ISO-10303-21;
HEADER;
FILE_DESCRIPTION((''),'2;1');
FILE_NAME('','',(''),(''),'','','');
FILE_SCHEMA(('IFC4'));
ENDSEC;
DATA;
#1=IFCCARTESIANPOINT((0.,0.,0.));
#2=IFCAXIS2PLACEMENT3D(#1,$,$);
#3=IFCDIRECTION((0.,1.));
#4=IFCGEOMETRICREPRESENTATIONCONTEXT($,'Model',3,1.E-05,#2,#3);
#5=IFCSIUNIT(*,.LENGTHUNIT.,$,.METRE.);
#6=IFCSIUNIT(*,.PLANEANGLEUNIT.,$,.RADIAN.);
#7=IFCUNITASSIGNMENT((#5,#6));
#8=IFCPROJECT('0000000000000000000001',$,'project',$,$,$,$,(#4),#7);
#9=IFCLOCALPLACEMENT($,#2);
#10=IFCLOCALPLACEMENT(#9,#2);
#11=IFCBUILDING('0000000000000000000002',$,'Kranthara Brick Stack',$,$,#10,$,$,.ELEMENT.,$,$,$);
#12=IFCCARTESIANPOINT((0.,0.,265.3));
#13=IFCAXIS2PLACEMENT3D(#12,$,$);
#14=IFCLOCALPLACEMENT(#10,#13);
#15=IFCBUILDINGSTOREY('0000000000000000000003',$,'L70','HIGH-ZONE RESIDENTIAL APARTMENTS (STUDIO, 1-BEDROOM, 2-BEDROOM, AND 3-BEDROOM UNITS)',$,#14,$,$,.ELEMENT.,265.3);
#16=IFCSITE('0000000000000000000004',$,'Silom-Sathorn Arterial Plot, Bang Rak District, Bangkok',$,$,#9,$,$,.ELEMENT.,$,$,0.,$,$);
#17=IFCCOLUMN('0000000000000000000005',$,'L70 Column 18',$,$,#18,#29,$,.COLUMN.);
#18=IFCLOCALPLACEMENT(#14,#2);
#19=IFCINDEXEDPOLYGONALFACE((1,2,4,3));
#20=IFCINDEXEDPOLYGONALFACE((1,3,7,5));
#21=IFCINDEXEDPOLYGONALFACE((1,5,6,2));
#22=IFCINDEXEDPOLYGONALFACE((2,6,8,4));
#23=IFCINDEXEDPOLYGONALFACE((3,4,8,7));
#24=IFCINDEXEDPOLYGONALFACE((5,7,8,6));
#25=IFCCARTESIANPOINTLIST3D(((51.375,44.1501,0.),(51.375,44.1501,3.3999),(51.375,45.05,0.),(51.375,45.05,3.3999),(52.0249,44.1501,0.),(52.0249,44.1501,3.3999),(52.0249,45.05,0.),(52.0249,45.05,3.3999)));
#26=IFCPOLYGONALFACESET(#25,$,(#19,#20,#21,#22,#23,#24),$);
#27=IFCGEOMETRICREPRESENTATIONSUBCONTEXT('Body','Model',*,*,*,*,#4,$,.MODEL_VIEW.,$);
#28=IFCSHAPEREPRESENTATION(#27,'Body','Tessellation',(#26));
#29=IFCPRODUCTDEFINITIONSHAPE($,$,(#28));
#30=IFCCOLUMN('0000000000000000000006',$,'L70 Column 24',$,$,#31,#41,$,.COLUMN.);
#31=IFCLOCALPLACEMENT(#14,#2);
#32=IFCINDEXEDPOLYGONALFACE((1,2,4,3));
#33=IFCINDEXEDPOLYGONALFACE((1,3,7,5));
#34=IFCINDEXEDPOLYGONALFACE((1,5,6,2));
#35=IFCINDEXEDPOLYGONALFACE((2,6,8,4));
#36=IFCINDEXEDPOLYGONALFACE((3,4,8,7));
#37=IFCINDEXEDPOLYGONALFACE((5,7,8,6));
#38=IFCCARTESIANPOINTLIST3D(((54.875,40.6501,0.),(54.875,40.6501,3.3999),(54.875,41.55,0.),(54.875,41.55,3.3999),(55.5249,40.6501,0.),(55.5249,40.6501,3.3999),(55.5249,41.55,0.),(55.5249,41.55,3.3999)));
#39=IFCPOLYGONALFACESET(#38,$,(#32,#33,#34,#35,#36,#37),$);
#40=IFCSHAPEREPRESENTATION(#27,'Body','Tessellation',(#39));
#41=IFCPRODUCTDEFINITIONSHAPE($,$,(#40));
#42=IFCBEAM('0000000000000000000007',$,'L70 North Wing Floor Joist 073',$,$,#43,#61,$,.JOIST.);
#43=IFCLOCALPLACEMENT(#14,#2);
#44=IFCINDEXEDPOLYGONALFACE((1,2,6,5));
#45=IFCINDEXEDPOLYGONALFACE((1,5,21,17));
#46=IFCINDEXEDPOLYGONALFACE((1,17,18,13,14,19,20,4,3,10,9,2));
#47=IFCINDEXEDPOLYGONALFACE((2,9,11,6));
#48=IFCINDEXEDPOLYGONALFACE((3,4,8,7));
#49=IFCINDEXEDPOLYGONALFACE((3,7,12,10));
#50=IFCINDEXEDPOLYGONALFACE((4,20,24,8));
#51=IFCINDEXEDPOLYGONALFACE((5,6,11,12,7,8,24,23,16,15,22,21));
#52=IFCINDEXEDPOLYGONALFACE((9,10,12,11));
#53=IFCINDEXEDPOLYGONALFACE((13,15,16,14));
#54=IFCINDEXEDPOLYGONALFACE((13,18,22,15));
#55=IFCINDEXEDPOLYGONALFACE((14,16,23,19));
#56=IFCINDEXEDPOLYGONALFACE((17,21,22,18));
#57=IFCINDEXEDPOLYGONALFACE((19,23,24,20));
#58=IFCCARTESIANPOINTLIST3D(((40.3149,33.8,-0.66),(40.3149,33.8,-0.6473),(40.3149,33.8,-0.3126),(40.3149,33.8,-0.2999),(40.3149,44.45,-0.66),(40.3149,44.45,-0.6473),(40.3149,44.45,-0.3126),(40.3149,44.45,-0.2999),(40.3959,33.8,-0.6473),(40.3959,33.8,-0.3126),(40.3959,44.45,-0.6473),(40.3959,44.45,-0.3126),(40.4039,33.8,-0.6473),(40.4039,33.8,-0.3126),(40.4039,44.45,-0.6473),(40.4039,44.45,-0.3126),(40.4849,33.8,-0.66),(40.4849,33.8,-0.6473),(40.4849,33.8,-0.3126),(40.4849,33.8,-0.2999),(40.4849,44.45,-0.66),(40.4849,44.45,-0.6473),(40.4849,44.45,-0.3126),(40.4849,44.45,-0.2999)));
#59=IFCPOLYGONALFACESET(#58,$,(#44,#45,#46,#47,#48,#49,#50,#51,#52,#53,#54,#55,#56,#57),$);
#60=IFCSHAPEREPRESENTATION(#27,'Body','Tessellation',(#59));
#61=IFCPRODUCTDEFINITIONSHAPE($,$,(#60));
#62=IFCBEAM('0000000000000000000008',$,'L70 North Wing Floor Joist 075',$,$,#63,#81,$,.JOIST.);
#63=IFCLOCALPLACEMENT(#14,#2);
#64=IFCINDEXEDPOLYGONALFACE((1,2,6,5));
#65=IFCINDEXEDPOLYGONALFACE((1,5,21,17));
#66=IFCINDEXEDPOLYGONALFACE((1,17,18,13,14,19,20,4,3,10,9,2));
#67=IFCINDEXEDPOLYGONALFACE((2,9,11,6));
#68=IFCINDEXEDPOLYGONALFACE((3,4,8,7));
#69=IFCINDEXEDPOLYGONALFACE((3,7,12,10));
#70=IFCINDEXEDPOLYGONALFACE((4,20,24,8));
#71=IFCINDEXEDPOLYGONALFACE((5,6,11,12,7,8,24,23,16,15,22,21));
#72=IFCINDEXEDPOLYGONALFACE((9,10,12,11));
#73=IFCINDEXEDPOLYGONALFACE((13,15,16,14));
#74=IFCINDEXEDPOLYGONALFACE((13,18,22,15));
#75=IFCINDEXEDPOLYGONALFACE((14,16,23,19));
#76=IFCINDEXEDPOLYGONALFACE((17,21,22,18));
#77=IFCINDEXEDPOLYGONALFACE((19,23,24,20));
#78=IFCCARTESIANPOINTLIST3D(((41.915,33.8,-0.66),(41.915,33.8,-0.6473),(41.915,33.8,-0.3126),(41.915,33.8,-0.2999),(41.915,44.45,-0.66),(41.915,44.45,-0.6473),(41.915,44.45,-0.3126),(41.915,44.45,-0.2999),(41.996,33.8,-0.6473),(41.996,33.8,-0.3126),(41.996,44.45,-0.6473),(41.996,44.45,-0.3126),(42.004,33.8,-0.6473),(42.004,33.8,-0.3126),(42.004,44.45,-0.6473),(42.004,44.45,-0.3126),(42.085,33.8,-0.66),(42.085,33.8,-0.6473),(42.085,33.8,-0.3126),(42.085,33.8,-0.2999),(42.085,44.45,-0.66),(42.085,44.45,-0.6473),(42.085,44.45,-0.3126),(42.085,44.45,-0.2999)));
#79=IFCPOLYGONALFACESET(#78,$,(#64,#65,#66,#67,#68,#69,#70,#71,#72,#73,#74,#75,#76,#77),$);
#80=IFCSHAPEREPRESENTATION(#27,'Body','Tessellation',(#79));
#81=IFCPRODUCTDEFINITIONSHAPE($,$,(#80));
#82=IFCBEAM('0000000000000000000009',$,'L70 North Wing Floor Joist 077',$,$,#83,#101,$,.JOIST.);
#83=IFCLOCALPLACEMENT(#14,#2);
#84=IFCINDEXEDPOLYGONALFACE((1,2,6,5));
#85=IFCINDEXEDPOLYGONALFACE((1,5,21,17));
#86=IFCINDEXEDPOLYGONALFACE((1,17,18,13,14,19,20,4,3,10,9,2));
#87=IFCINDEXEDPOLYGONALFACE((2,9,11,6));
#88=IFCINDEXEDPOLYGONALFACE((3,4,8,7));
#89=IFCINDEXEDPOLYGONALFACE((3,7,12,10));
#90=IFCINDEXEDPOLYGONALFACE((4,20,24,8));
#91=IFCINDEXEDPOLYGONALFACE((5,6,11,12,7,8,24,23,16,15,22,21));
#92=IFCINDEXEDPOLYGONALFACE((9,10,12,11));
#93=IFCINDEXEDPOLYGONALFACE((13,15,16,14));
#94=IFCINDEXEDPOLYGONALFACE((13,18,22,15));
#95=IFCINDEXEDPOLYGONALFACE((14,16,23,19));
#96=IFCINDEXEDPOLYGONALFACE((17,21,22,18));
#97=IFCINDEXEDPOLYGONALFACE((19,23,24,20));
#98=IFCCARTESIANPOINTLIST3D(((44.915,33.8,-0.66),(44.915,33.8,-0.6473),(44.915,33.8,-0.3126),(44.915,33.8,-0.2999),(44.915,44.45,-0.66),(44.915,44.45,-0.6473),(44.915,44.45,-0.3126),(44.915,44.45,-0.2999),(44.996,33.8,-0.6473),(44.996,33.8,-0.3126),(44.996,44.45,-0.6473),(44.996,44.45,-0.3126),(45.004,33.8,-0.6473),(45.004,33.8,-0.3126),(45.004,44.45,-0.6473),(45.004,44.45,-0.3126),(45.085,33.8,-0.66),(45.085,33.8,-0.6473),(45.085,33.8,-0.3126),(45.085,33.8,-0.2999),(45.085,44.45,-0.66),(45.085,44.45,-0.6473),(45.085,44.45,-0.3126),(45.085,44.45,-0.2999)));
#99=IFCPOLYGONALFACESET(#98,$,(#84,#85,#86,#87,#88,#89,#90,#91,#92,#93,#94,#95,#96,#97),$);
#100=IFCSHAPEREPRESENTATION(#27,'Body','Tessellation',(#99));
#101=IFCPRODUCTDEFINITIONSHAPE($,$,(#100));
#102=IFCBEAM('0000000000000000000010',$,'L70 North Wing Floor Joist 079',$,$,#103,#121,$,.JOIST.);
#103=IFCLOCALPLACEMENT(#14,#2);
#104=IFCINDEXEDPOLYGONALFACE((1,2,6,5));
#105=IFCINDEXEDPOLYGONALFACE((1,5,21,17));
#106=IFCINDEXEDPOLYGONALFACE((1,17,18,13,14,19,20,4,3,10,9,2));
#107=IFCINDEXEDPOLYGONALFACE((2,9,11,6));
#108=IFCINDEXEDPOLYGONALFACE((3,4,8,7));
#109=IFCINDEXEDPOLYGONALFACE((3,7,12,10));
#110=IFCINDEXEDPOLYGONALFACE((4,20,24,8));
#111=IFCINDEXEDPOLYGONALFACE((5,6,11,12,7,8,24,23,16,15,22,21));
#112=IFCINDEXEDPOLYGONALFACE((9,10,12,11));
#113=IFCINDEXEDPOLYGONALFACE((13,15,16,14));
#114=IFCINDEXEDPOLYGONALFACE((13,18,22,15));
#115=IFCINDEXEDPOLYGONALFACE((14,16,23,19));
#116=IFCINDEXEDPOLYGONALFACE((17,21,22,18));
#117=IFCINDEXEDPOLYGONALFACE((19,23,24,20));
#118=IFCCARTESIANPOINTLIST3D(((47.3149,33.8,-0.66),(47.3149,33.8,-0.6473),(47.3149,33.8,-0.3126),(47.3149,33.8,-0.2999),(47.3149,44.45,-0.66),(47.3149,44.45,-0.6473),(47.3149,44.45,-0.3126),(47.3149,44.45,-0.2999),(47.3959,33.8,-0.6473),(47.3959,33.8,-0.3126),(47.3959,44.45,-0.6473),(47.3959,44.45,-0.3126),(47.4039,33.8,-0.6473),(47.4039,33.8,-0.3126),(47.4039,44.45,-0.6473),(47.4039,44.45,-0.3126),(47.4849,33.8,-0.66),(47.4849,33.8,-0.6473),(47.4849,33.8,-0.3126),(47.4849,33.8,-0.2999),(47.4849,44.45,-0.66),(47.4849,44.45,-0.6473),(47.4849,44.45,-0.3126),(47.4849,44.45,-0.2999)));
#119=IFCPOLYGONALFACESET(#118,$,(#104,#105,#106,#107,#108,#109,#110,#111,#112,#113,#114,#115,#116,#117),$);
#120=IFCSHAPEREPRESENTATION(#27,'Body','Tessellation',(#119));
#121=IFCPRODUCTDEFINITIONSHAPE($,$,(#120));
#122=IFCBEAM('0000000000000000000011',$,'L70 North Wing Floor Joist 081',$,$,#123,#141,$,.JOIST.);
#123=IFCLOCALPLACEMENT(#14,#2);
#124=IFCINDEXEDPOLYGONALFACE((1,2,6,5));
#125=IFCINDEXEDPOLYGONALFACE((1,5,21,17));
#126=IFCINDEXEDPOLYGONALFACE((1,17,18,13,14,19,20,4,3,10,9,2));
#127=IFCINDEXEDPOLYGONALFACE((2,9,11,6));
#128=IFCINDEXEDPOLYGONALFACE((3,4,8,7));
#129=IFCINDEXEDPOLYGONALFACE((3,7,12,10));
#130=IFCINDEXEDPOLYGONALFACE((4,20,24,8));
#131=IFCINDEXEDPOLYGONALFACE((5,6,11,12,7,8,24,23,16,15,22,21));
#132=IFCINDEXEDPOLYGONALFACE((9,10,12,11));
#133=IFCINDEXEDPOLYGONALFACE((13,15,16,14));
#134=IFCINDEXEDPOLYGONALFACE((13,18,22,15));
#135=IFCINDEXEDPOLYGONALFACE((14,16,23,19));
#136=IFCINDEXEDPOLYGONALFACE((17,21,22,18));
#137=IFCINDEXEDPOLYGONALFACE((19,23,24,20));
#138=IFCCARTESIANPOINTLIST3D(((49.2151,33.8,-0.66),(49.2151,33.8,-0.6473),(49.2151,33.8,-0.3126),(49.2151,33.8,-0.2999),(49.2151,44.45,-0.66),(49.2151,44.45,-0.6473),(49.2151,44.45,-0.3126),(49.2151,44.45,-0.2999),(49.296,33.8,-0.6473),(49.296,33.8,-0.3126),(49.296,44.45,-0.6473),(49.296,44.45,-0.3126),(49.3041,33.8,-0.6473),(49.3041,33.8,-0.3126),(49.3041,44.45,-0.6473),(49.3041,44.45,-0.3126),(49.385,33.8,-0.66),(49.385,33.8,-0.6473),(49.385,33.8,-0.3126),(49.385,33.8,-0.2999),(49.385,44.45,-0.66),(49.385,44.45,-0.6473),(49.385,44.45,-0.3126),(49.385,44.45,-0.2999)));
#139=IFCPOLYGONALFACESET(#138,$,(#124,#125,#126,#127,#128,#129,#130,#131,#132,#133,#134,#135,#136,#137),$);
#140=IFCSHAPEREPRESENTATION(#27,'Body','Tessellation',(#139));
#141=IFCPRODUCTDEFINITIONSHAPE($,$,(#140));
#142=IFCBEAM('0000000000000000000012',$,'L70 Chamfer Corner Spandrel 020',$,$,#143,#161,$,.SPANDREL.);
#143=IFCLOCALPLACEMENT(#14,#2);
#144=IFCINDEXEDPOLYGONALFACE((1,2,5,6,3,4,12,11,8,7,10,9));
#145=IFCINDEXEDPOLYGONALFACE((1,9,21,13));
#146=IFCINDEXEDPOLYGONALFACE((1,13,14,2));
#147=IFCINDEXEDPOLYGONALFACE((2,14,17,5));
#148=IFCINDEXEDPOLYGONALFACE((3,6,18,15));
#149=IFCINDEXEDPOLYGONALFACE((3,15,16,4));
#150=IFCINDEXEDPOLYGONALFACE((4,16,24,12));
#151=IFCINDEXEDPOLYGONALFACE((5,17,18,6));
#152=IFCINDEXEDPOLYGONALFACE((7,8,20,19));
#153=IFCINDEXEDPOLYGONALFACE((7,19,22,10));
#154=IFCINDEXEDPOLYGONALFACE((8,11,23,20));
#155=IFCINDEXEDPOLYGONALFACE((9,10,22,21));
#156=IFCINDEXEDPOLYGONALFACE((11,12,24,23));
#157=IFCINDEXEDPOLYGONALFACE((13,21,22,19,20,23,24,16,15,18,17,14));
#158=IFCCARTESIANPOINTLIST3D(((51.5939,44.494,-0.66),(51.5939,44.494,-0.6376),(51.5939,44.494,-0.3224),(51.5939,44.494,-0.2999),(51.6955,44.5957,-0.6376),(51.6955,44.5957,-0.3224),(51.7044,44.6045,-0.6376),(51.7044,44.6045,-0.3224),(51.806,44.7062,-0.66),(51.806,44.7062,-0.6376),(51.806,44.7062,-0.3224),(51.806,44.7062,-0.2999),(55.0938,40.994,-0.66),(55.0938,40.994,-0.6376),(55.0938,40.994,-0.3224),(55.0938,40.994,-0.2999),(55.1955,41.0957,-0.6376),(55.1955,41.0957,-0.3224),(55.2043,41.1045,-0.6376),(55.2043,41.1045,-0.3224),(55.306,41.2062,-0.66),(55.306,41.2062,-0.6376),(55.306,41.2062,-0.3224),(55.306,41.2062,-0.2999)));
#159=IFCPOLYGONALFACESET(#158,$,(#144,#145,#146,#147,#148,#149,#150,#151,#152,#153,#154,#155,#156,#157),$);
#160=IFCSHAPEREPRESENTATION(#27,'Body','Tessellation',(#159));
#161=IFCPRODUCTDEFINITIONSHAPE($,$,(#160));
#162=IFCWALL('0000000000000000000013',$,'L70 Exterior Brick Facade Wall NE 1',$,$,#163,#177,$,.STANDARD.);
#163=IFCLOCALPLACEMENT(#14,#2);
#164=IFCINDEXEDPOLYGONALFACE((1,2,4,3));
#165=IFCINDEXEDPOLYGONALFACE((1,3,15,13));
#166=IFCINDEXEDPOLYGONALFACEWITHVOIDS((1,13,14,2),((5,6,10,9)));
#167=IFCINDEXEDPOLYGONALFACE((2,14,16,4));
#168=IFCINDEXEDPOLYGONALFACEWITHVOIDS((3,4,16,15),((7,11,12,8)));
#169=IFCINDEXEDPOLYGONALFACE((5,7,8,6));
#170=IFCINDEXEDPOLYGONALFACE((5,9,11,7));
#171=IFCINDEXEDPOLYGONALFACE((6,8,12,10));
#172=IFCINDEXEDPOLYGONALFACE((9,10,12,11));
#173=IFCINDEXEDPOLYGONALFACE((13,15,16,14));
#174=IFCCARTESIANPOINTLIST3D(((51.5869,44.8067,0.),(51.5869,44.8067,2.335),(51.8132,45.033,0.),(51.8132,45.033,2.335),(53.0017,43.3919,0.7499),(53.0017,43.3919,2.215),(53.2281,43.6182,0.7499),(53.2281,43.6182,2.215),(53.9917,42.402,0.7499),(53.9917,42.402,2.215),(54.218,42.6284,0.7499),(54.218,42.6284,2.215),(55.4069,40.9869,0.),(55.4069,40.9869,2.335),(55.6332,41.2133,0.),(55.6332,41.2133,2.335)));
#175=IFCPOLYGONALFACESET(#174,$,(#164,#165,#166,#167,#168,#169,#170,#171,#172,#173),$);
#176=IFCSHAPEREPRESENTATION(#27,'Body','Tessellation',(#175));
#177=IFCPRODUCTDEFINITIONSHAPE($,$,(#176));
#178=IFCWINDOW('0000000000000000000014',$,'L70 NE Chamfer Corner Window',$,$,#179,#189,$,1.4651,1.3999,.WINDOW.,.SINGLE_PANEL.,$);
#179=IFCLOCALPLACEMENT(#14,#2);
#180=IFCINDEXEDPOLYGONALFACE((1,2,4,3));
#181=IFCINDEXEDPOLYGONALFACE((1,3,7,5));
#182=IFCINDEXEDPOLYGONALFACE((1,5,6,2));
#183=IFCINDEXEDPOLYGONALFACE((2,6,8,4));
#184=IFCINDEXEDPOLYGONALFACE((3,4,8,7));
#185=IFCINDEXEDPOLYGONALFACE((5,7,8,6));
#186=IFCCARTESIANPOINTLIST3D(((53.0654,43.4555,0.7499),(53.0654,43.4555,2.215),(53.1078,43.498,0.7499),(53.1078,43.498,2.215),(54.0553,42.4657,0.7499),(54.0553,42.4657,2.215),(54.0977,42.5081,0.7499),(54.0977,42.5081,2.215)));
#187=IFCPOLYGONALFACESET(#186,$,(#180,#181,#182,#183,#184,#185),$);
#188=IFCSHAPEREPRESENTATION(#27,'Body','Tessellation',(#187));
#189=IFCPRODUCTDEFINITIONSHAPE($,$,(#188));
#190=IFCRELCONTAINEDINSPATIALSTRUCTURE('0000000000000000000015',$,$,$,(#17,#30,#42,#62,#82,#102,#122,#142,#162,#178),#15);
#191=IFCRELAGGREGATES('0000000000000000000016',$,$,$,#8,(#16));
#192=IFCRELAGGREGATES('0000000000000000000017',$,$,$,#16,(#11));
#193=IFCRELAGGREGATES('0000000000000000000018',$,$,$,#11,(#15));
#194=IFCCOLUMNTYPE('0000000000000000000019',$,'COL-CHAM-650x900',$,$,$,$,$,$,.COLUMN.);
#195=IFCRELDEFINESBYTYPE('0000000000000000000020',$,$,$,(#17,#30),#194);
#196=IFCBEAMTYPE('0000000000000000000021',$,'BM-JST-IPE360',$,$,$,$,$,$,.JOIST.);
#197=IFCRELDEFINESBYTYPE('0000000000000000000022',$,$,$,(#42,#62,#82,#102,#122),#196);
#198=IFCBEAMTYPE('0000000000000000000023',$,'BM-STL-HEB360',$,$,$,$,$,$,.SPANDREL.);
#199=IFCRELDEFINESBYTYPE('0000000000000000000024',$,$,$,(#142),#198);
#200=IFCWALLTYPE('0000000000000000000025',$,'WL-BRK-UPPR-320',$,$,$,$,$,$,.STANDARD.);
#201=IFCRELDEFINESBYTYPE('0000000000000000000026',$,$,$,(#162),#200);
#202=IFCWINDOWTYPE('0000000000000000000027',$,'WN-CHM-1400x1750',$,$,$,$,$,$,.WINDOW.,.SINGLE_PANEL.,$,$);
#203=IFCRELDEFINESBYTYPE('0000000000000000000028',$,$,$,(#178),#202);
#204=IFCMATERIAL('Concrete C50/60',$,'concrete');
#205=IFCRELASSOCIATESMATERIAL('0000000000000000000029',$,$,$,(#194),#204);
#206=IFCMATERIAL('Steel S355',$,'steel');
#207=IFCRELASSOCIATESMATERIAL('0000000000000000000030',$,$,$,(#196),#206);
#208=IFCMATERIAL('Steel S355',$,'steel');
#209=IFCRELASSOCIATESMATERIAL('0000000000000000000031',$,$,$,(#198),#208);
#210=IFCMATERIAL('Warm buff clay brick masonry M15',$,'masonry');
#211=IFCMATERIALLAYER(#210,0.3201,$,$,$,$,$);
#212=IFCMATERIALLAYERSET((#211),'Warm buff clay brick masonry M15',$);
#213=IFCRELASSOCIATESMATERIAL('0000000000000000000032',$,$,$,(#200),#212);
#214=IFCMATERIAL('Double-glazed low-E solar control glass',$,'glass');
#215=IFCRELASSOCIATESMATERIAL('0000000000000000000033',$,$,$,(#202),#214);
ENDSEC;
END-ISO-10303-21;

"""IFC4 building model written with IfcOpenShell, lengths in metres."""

from ifc_helpers import new_model, si_unit, direction, frame, frame_2d, origin, origin_2d, place, context, subcontext, project, spatial, rectangle, i_section, extrude, material, layer, layer_set, material_profile, profile_set, type_object, element, fill, save


model = new_model("IFC4")

# Units and contexts
model_context = context("Model", 3, precision=1e-05, world=origin(), true_north=direction((0.0, 1.0)))
body_context = subcontext(model_context, "Body", "Model", "MODEL_VIEW")
ifc_project = project(units=[si_unit("LENGTHUNIT", "METRE"), si_unit("PLANEANGLEUNIT", "RADIAN")], contexts=[model_context])

# Site, building, storey
site_placement = place(None, origin())
site = spatial("IfcSite", under=ifc_project, at=site_placement, Name="Silom-Sathorn Arterial Plot, Bang Rak District, Bangkok", CompositionType="ELEMENT", RefElevation=0.0)
building_placement = place(site_placement, origin())
building = spatial("IfcBuilding", under=site, at=building_placement, Name="Kranthara Brick Stack", CompositionType="ELEMENT")
storey_placement = place(building_placement, frame((0.0, 0.0, 265.3)))
storey = spatial("IfcBuildingStorey", under=building, at=storey_placement, Name="L70", Description="HIGH-ZONE RESIDENTIAL APARTMENTS (STUDIO, 1-BEDROOM, 2-BEDROOM, AND 3-BEDROOM UNITS)", CompositionType="ELEMENT", Elevation=265.3)

# Columns
ifc_material_1 = material(Name="Concrete C50/60", Category="concrete")
ifc_material_profile_1 = material_profile(ifc_material_1, rectangle(XDim=0.6499, YDim=0.8999, at=origin_2d()), Name="RC 650x900")
ifc_profile_set_1 = profile_set([ifc_material_profile_1], Name="Concrete C50/60")
column_type = type_object("IfcColumnType", Name="COL-CHAM-650x900", PredefinedType="COLUMN", material=ifc_profile_set_1)
for number, where, z_axis, x_axis, name in (
    (1, (51.7, 44.6001, 0.0), (0.0, 0.0, 1.0), (1.0, 0.0, 0.0), "L70 Column 18"),
    (2, (55.2, 41.1001, 0.0), (0.0, 0.0, 1.0), (1.0, 0.0, 0.0), "L70 Column 24"),
):
    element("IfcColumn", number, at=place(storey_placement, frame(where, z_axis=z_axis, x_axis=x_axis)), inside=storey, type_object=column_type, Name=name, PredefinedType="COLUMN", context=body_context, shape_type="SweptSolid", body=[
        extrude(rectangle(XDim=0.6499, YDim=0.8999, at=origin_2d()), origin(), (0.0, 0.0, 1.0), 3.3999),
    ])

# Beams
ifc_material_2 = material(Name="Steel S355", Category="steel")
ifc_material_profile_2 = material_profile(ifc_material_2, i_section(OverallWidth=0.1699, OverallDepth=0.3601, WebThickness=0.0081, FlangeThickness=0.0127, at=origin_2d()), Name="IPE 360")
ifc_profile_set_2 = profile_set([ifc_material_profile_2], Name="Steel S355")
beam_type_1 = type_object("IfcBeamType", Name="BM-JST-IPE360", PredefinedType="JOIST", material=ifc_profile_set_2)
for number, where, z_axis, x_axis, name in (
    (3, (40.3999, 33.8, -0.48), (0.0, 1.0, 0.0), (-1.0, 0.0, 0.0), "L70 North Wing Floor Joist 073"),
    (4, (42.0, 33.8, -0.48), (0.0, 1.0, 0.0), (-1.0, 0.0, 0.0), "L70 North Wing Floor Joist 075"),
    (5, (45.0, 33.8, -0.48), (0.0, 1.0, 0.0), (-1.0, 0.0, 0.0), "L70 North Wing Floor Joist 077"),
    (6, (47.3999, 33.8, -0.48), (0.0, 1.0, 0.0), (-1.0, 0.0, 0.0), "L70 North Wing Floor Joist 079"),
    (7, (49.3, 33.8, -0.48), (0.0, 1.0, 0.0), (-1.0, 0.0, 0.0), "L70 North Wing Floor Joist 081"),
):
    element("IfcBeam", number, at=place(storey_placement, frame(where, z_axis=z_axis, x_axis=x_axis)), inside=storey, type_object=beam_type_1, Name=name, PredefinedType="JOIST", context=body_context, shape_type="SweptSolid", body=[
        extrude(i_section(OverallWidth=0.1699, OverallDepth=0.3601, WebThickness=0.0081, FlangeThickness=0.0127, at=origin_2d()), origin(), (0.0, 0.0, 1.0), 10.6499),
    ])
ifc_material_3 = material(Name="Steel S355", Category="steel")
ifc_material_profile_3 = material_profile(ifc_material_3, i_section(OverallWidth=0.3, OverallDepth=0.3601, WebThickness=0.0125, FlangeThickness=0.0225, at=origin_2d()), Name="HEB 360")
ifc_profile_set_3 = profile_set([ifc_material_profile_3], Name="Steel S355")
beam_type_2 = type_object("IfcBeamType", Name="BM-STL-HEB360", PredefinedType="SPANDREL", material=ifc_profile_set_3)
beam_placement = place(storey_placement, frame((51.7, 44.6001, -0.48), z_axis=(0.707107, -0.707107, 0.0), x_axis=(0.707107, 0.707107, 0.0)))
element("IfcBeam", 8, at=beam_placement, inside=storey, type_object=beam_type_2, Name="L70 Chamfer Corner Spandrel 020", PredefinedType="SPANDREL", context=body_context, shape_type="SweptSolid", body=[
    extrude(i_section(OverallWidth=0.3, OverallDepth=0.3601, WebThickness=0.0125, FlangeThickness=0.0225, at=origin_2d()), origin(), (0.0, 0.0, 1.0), 4.9497),
])

# Wall, opening, window
ifc_material_4 = material(Name="Warm buff clay brick masonry M15", Category="masonry")
ifc_layer_1 = layer(ifc_material_4, 0.3201)
ifc_layer_set_1 = layer_set([ifc_layer_1], Name="Warm buff clay brick masonry M15")
wall_type_1 = type_object("IfcWallType", Name="WL-BRK-UPPR-320", PredefinedType="STANDARD", material=ifc_layer_set_1)
wall_1_placement = place(storey_placement, frame((51.7, 44.9199, 0.0), z_axis=(0.0, 0.0, 1.0), x_axis=(0.707129, -0.707084, 0.0)))
wall_1 = element("IfcWall", 9, at=wall_1_placement, inside=storey, type_object=wall_type_1, Name="L70 Exterior Brick Facade Wall NE 1", PredefinedType="STANDARD", context=body_context, shape_type="SweptSolid", body=[
    extrude(rectangle(XDim=5.4021, YDim=0.3201, at=frame_2d((2.7012, 0.0))), origin(), (0.0, 0.0, 1.0), 2.335),
])
opening_1_placement = place(wall_1_placement, frame((2.001, 0.0, 0.75)))
opening_1 = element("IfcOpeningElement", 10, at=opening_1_placement, cuts=wall_1, PredefinedType="OPENING", context=body_context, shape_type="SweptSolid", body=[
    extrude(rectangle(XDim=1.3999, YDim=1.4651, at=frame_2d((0.7, 0.7324))), frame((0.0, 0.1699, 0.0), z_axis=(0.0, -1.0, 0.0), x_axis=(1.0, 0.0, 0.0)), (0.0, 0.0, 1.0), 0.3401),
])
ifc_material_5 = material(Name="Double-glazed low-E solar control glass", Category="glass")
window_type_1 = type_object("IfcWindowType", Name="WN-CHM-1400x1750", PartitioningType="SINGLE_PANEL", PredefinedType="WINDOW", material=ifc_material_5)
window_1_placement = place(opening_1_placement, origin())
window_1 = element("IfcWindow", 11, at=window_1_placement, inside=storey, type_object=window_type_1, Name="L70 NE Chamfer Corner Window", OverallHeight=1.4651, OverallWidth=1.3999, PartitioningType="SINGLE_PANEL", PredefinedType="WINDOW", context=body_context, shape_type="SweptSolid", body=[
    extrude(rectangle(XDim=1.3999, YDim=1.4651, at=frame_2d((0.7, 0.7324))), frame((0.0, -0.01, 0.0), z_axis=(0.0, -1.0, 0.0), x_axis=(1.0, 0.0, 0.0)), (0.0, 0.0, 1.0), 0.0601),
])
fill(opening_1, window_1)

save(model, "model.ifc")
